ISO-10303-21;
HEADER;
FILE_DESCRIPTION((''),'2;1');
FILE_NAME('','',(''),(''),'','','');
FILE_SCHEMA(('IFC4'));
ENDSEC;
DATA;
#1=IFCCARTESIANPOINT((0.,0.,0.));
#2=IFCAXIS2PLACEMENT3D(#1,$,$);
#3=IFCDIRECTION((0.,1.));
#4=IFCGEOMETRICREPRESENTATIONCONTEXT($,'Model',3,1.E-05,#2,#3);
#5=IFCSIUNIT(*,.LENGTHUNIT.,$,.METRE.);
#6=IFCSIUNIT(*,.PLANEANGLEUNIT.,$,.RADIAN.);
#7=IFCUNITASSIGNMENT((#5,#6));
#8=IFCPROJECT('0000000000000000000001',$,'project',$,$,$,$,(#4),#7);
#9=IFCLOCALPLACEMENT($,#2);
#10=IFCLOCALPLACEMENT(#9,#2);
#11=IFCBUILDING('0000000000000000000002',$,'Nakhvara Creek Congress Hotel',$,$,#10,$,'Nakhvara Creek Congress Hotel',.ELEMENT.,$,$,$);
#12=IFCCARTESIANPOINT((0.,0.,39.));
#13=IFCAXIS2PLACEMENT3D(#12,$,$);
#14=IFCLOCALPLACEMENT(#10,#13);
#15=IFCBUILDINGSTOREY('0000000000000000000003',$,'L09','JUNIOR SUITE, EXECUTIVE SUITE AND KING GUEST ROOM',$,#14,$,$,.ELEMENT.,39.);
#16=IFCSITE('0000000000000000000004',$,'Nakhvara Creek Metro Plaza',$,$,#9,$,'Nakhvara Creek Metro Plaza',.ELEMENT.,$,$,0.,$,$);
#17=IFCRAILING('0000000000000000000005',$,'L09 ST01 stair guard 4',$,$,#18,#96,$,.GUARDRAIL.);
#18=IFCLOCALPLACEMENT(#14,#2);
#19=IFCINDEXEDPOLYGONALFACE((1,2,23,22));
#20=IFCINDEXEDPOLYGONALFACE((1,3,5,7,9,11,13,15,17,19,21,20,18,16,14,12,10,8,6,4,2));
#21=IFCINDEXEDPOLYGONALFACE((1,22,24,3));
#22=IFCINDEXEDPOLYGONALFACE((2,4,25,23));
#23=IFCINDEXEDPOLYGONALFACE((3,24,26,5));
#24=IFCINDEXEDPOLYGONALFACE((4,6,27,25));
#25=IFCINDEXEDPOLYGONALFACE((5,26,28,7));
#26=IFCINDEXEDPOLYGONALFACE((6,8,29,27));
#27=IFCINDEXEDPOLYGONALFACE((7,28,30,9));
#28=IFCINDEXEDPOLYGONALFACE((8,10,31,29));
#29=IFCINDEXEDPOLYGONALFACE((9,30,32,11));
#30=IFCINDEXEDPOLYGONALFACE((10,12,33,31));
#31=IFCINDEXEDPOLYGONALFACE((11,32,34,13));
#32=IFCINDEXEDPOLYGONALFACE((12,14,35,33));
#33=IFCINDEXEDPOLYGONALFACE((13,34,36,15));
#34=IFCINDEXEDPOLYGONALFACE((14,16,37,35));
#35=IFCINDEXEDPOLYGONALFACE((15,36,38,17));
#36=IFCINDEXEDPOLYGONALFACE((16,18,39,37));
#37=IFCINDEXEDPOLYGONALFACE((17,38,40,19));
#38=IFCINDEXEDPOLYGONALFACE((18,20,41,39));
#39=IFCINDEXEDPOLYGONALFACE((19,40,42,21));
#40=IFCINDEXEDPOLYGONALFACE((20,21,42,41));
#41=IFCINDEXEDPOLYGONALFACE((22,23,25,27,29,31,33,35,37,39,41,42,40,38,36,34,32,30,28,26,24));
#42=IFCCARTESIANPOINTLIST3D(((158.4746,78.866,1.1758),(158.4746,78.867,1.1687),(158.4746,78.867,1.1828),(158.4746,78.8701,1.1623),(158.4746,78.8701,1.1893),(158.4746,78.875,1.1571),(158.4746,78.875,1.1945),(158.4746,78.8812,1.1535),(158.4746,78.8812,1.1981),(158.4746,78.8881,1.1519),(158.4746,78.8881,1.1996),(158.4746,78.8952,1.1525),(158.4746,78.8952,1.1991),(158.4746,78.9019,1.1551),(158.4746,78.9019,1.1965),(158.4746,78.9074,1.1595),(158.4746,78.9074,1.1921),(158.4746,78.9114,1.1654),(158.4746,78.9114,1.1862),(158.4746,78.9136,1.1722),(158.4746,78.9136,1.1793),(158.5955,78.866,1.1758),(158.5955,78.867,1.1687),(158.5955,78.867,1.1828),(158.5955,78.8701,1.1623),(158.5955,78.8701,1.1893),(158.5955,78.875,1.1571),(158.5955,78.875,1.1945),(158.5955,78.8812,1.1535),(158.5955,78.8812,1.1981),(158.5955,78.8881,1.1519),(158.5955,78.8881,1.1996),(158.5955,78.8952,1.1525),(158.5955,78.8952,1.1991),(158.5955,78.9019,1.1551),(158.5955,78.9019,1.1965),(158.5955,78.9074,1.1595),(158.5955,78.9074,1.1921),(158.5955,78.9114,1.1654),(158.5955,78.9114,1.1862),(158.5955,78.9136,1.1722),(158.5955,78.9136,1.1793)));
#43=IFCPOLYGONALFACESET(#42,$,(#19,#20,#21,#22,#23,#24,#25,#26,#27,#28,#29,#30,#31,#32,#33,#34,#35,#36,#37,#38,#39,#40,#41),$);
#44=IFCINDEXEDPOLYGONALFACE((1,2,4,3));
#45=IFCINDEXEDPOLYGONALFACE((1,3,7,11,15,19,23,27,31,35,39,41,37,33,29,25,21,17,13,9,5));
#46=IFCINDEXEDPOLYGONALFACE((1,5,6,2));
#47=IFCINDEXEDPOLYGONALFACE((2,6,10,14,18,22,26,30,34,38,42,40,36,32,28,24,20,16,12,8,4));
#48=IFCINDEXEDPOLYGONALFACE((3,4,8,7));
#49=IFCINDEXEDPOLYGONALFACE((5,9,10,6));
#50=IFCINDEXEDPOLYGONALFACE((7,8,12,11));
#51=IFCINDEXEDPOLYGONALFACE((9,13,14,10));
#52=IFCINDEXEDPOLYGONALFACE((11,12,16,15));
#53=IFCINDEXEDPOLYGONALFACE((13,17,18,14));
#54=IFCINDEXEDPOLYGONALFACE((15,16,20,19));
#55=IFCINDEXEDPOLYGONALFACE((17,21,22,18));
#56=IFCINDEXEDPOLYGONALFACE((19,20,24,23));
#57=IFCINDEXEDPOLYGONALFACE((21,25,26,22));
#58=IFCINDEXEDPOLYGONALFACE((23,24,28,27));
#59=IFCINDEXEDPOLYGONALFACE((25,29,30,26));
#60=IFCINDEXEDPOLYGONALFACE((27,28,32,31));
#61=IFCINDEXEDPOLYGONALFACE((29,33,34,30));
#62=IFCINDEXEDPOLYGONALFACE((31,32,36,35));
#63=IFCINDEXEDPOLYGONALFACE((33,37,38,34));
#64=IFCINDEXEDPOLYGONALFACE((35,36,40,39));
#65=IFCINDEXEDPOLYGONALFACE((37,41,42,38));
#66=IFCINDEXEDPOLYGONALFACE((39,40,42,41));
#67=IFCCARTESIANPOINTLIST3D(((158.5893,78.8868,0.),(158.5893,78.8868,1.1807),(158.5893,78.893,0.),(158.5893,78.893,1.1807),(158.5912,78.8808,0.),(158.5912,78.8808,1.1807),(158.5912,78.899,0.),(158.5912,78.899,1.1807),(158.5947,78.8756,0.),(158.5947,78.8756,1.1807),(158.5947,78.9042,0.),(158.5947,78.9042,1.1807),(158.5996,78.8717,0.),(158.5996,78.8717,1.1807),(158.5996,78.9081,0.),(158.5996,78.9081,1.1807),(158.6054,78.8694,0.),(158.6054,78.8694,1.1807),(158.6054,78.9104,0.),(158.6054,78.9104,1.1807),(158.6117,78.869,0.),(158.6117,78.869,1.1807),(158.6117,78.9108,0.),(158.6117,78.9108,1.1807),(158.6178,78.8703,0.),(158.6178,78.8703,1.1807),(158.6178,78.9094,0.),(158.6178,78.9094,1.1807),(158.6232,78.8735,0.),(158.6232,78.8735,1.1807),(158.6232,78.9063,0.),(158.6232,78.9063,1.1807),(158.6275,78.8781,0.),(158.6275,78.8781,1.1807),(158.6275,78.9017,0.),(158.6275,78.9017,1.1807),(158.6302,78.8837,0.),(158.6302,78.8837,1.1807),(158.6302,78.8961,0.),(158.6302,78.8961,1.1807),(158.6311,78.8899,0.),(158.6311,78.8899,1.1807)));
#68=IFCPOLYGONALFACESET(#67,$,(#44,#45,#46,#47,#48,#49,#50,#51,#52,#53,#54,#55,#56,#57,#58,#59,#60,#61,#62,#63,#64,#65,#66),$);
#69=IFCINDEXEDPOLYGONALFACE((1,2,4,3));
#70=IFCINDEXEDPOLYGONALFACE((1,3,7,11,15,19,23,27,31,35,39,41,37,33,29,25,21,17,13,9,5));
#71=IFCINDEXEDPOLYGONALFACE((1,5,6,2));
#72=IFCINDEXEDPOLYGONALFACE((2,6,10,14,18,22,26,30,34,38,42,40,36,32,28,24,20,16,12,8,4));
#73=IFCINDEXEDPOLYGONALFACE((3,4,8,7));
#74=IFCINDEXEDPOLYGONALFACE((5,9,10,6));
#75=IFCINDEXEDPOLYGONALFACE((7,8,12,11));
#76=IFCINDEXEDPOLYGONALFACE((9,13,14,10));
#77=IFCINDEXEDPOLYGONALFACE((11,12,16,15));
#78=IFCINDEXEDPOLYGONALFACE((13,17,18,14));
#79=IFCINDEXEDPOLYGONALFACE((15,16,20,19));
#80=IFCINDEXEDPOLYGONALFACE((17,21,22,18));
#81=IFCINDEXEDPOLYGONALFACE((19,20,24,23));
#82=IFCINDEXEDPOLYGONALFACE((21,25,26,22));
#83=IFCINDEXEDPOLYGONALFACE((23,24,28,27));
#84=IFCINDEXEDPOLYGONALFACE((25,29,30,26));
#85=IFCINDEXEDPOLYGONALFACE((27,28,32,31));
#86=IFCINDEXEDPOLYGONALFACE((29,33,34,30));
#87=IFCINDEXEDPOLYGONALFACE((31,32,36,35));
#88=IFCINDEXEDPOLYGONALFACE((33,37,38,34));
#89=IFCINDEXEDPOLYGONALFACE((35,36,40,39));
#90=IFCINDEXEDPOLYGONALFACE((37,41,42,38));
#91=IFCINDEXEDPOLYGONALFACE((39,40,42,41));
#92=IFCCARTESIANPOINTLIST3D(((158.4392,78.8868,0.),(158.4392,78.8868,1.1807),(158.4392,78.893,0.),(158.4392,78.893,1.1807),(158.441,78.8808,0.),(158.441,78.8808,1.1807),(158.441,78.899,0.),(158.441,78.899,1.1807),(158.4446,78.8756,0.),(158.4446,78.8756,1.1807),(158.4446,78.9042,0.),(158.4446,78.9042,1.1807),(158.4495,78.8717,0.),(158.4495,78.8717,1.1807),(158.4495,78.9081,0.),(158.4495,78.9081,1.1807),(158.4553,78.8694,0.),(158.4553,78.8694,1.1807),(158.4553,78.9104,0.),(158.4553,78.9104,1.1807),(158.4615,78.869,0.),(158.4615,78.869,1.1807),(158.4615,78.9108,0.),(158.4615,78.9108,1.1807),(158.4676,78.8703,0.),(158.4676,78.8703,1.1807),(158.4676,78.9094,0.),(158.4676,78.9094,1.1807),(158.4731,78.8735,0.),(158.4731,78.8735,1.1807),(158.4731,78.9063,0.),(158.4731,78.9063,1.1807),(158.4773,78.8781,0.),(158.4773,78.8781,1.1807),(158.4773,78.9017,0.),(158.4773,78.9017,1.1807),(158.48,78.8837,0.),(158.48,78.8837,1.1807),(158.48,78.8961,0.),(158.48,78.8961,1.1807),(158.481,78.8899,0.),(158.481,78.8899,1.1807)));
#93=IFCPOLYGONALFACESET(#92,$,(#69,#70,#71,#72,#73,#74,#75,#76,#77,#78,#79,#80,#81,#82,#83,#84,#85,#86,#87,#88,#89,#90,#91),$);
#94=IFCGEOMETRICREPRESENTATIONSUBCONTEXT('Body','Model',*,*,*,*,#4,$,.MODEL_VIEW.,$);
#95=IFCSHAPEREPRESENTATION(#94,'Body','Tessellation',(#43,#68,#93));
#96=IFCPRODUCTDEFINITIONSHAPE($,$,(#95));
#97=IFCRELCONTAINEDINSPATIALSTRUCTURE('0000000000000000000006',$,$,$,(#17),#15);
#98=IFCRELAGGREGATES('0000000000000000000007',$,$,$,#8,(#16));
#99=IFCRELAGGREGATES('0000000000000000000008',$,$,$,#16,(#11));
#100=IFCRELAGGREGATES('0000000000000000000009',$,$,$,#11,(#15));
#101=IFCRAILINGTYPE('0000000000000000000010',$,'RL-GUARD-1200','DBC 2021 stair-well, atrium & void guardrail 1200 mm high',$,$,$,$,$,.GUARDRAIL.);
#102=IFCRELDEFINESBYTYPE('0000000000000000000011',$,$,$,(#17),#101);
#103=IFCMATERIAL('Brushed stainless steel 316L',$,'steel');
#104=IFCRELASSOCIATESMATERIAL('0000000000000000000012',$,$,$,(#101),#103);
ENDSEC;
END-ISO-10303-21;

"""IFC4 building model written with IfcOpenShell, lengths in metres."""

from ifc_helpers import new_model, si_unit, direction, frame, origin, origin_2d, place, context, subcontext, project, spatial, circle, extrude, material, type_object, element, save


model = new_model("IFC4")

# Units and contexts
model_context = context("Model", 3, precision=1e-05, world=origin(), true_north=direction((0.0, 1.0)))
body_context = subcontext(model_context, "Body", "Model", "MODEL_VIEW")
ifc_project = project(units=[si_unit("LENGTHUNIT", "METRE"), si_unit("PLANEANGLEUNIT", "RADIAN")], contexts=[model_context])

# Site, building, storey
site_placement = place(None, origin())
site = spatial("IfcSite", under=ifc_project, at=site_placement, Name="Nakhvara Creek Metro Plaza", LongName="Nakhvara Creek Metro Plaza", CompositionType="ELEMENT", RefElevation=0.0)
building_placement = place(site_placement, origin())
building = spatial("IfcBuilding", under=site, at=building_placement, Name="Nakhvara Creek Congress Hotel", LongName="Nakhvara Creek Congress Hotel", CompositionType="ELEMENT")
storey_placement = place(building_placement, frame((0.0, 0.0, 39.0)))
storey = spatial("IfcBuildingStorey", under=building, at=storey_placement, Name="L09", Description="JUNIOR SUITE, EXECUTIVE SUITE AND KING GUEST ROOM", CompositionType="ELEMENT", Elevation=39.0)

# Railing
ifc_material_1 = material(Name="Brushed stainless steel 316L", Category="steel")
railing_type_1 = type_object("IfcRailingType", Name="RL-GUARD-1200", Description="DBC 2021 stair-well, atrium & void guardrail 1200 mm high", PredefinedType="GUARDRAIL", material=ifc_material_1)
railing_1_placement = place(storey_placement, frame((158.6101, 78.8899, 0.0)))
element("IfcRailing", 1, at=railing_1_placement, inside=storey, type_object=railing_type_1, Name="L09 ST01 stair guard 4", PredefinedType="GUARDRAIL", context=body_context, shape_type="SweptSolid", body=[
    extrude(circle(Radius=0.0239, at=origin_2d()), frame((-0.0146, 0.0, 1.1758), z_axis=(-1.0, 0.0, 0.0), x_axis=(0.0, -1.0, 0.0)), (0.0, 0.0, 1.0), 0.1208),
    extrude(circle(Radius=0.021, at=origin_2d()), origin(), (0.0, 0.0, 1.0), 1.1807),
    extrude(circle(Radius=0.021, at=origin_2d()), frame((-0.1501, 0.0, 0.0)), (0.0, 0.0, 1.0), 1.1807),
])

save(model, "model.ifc")
